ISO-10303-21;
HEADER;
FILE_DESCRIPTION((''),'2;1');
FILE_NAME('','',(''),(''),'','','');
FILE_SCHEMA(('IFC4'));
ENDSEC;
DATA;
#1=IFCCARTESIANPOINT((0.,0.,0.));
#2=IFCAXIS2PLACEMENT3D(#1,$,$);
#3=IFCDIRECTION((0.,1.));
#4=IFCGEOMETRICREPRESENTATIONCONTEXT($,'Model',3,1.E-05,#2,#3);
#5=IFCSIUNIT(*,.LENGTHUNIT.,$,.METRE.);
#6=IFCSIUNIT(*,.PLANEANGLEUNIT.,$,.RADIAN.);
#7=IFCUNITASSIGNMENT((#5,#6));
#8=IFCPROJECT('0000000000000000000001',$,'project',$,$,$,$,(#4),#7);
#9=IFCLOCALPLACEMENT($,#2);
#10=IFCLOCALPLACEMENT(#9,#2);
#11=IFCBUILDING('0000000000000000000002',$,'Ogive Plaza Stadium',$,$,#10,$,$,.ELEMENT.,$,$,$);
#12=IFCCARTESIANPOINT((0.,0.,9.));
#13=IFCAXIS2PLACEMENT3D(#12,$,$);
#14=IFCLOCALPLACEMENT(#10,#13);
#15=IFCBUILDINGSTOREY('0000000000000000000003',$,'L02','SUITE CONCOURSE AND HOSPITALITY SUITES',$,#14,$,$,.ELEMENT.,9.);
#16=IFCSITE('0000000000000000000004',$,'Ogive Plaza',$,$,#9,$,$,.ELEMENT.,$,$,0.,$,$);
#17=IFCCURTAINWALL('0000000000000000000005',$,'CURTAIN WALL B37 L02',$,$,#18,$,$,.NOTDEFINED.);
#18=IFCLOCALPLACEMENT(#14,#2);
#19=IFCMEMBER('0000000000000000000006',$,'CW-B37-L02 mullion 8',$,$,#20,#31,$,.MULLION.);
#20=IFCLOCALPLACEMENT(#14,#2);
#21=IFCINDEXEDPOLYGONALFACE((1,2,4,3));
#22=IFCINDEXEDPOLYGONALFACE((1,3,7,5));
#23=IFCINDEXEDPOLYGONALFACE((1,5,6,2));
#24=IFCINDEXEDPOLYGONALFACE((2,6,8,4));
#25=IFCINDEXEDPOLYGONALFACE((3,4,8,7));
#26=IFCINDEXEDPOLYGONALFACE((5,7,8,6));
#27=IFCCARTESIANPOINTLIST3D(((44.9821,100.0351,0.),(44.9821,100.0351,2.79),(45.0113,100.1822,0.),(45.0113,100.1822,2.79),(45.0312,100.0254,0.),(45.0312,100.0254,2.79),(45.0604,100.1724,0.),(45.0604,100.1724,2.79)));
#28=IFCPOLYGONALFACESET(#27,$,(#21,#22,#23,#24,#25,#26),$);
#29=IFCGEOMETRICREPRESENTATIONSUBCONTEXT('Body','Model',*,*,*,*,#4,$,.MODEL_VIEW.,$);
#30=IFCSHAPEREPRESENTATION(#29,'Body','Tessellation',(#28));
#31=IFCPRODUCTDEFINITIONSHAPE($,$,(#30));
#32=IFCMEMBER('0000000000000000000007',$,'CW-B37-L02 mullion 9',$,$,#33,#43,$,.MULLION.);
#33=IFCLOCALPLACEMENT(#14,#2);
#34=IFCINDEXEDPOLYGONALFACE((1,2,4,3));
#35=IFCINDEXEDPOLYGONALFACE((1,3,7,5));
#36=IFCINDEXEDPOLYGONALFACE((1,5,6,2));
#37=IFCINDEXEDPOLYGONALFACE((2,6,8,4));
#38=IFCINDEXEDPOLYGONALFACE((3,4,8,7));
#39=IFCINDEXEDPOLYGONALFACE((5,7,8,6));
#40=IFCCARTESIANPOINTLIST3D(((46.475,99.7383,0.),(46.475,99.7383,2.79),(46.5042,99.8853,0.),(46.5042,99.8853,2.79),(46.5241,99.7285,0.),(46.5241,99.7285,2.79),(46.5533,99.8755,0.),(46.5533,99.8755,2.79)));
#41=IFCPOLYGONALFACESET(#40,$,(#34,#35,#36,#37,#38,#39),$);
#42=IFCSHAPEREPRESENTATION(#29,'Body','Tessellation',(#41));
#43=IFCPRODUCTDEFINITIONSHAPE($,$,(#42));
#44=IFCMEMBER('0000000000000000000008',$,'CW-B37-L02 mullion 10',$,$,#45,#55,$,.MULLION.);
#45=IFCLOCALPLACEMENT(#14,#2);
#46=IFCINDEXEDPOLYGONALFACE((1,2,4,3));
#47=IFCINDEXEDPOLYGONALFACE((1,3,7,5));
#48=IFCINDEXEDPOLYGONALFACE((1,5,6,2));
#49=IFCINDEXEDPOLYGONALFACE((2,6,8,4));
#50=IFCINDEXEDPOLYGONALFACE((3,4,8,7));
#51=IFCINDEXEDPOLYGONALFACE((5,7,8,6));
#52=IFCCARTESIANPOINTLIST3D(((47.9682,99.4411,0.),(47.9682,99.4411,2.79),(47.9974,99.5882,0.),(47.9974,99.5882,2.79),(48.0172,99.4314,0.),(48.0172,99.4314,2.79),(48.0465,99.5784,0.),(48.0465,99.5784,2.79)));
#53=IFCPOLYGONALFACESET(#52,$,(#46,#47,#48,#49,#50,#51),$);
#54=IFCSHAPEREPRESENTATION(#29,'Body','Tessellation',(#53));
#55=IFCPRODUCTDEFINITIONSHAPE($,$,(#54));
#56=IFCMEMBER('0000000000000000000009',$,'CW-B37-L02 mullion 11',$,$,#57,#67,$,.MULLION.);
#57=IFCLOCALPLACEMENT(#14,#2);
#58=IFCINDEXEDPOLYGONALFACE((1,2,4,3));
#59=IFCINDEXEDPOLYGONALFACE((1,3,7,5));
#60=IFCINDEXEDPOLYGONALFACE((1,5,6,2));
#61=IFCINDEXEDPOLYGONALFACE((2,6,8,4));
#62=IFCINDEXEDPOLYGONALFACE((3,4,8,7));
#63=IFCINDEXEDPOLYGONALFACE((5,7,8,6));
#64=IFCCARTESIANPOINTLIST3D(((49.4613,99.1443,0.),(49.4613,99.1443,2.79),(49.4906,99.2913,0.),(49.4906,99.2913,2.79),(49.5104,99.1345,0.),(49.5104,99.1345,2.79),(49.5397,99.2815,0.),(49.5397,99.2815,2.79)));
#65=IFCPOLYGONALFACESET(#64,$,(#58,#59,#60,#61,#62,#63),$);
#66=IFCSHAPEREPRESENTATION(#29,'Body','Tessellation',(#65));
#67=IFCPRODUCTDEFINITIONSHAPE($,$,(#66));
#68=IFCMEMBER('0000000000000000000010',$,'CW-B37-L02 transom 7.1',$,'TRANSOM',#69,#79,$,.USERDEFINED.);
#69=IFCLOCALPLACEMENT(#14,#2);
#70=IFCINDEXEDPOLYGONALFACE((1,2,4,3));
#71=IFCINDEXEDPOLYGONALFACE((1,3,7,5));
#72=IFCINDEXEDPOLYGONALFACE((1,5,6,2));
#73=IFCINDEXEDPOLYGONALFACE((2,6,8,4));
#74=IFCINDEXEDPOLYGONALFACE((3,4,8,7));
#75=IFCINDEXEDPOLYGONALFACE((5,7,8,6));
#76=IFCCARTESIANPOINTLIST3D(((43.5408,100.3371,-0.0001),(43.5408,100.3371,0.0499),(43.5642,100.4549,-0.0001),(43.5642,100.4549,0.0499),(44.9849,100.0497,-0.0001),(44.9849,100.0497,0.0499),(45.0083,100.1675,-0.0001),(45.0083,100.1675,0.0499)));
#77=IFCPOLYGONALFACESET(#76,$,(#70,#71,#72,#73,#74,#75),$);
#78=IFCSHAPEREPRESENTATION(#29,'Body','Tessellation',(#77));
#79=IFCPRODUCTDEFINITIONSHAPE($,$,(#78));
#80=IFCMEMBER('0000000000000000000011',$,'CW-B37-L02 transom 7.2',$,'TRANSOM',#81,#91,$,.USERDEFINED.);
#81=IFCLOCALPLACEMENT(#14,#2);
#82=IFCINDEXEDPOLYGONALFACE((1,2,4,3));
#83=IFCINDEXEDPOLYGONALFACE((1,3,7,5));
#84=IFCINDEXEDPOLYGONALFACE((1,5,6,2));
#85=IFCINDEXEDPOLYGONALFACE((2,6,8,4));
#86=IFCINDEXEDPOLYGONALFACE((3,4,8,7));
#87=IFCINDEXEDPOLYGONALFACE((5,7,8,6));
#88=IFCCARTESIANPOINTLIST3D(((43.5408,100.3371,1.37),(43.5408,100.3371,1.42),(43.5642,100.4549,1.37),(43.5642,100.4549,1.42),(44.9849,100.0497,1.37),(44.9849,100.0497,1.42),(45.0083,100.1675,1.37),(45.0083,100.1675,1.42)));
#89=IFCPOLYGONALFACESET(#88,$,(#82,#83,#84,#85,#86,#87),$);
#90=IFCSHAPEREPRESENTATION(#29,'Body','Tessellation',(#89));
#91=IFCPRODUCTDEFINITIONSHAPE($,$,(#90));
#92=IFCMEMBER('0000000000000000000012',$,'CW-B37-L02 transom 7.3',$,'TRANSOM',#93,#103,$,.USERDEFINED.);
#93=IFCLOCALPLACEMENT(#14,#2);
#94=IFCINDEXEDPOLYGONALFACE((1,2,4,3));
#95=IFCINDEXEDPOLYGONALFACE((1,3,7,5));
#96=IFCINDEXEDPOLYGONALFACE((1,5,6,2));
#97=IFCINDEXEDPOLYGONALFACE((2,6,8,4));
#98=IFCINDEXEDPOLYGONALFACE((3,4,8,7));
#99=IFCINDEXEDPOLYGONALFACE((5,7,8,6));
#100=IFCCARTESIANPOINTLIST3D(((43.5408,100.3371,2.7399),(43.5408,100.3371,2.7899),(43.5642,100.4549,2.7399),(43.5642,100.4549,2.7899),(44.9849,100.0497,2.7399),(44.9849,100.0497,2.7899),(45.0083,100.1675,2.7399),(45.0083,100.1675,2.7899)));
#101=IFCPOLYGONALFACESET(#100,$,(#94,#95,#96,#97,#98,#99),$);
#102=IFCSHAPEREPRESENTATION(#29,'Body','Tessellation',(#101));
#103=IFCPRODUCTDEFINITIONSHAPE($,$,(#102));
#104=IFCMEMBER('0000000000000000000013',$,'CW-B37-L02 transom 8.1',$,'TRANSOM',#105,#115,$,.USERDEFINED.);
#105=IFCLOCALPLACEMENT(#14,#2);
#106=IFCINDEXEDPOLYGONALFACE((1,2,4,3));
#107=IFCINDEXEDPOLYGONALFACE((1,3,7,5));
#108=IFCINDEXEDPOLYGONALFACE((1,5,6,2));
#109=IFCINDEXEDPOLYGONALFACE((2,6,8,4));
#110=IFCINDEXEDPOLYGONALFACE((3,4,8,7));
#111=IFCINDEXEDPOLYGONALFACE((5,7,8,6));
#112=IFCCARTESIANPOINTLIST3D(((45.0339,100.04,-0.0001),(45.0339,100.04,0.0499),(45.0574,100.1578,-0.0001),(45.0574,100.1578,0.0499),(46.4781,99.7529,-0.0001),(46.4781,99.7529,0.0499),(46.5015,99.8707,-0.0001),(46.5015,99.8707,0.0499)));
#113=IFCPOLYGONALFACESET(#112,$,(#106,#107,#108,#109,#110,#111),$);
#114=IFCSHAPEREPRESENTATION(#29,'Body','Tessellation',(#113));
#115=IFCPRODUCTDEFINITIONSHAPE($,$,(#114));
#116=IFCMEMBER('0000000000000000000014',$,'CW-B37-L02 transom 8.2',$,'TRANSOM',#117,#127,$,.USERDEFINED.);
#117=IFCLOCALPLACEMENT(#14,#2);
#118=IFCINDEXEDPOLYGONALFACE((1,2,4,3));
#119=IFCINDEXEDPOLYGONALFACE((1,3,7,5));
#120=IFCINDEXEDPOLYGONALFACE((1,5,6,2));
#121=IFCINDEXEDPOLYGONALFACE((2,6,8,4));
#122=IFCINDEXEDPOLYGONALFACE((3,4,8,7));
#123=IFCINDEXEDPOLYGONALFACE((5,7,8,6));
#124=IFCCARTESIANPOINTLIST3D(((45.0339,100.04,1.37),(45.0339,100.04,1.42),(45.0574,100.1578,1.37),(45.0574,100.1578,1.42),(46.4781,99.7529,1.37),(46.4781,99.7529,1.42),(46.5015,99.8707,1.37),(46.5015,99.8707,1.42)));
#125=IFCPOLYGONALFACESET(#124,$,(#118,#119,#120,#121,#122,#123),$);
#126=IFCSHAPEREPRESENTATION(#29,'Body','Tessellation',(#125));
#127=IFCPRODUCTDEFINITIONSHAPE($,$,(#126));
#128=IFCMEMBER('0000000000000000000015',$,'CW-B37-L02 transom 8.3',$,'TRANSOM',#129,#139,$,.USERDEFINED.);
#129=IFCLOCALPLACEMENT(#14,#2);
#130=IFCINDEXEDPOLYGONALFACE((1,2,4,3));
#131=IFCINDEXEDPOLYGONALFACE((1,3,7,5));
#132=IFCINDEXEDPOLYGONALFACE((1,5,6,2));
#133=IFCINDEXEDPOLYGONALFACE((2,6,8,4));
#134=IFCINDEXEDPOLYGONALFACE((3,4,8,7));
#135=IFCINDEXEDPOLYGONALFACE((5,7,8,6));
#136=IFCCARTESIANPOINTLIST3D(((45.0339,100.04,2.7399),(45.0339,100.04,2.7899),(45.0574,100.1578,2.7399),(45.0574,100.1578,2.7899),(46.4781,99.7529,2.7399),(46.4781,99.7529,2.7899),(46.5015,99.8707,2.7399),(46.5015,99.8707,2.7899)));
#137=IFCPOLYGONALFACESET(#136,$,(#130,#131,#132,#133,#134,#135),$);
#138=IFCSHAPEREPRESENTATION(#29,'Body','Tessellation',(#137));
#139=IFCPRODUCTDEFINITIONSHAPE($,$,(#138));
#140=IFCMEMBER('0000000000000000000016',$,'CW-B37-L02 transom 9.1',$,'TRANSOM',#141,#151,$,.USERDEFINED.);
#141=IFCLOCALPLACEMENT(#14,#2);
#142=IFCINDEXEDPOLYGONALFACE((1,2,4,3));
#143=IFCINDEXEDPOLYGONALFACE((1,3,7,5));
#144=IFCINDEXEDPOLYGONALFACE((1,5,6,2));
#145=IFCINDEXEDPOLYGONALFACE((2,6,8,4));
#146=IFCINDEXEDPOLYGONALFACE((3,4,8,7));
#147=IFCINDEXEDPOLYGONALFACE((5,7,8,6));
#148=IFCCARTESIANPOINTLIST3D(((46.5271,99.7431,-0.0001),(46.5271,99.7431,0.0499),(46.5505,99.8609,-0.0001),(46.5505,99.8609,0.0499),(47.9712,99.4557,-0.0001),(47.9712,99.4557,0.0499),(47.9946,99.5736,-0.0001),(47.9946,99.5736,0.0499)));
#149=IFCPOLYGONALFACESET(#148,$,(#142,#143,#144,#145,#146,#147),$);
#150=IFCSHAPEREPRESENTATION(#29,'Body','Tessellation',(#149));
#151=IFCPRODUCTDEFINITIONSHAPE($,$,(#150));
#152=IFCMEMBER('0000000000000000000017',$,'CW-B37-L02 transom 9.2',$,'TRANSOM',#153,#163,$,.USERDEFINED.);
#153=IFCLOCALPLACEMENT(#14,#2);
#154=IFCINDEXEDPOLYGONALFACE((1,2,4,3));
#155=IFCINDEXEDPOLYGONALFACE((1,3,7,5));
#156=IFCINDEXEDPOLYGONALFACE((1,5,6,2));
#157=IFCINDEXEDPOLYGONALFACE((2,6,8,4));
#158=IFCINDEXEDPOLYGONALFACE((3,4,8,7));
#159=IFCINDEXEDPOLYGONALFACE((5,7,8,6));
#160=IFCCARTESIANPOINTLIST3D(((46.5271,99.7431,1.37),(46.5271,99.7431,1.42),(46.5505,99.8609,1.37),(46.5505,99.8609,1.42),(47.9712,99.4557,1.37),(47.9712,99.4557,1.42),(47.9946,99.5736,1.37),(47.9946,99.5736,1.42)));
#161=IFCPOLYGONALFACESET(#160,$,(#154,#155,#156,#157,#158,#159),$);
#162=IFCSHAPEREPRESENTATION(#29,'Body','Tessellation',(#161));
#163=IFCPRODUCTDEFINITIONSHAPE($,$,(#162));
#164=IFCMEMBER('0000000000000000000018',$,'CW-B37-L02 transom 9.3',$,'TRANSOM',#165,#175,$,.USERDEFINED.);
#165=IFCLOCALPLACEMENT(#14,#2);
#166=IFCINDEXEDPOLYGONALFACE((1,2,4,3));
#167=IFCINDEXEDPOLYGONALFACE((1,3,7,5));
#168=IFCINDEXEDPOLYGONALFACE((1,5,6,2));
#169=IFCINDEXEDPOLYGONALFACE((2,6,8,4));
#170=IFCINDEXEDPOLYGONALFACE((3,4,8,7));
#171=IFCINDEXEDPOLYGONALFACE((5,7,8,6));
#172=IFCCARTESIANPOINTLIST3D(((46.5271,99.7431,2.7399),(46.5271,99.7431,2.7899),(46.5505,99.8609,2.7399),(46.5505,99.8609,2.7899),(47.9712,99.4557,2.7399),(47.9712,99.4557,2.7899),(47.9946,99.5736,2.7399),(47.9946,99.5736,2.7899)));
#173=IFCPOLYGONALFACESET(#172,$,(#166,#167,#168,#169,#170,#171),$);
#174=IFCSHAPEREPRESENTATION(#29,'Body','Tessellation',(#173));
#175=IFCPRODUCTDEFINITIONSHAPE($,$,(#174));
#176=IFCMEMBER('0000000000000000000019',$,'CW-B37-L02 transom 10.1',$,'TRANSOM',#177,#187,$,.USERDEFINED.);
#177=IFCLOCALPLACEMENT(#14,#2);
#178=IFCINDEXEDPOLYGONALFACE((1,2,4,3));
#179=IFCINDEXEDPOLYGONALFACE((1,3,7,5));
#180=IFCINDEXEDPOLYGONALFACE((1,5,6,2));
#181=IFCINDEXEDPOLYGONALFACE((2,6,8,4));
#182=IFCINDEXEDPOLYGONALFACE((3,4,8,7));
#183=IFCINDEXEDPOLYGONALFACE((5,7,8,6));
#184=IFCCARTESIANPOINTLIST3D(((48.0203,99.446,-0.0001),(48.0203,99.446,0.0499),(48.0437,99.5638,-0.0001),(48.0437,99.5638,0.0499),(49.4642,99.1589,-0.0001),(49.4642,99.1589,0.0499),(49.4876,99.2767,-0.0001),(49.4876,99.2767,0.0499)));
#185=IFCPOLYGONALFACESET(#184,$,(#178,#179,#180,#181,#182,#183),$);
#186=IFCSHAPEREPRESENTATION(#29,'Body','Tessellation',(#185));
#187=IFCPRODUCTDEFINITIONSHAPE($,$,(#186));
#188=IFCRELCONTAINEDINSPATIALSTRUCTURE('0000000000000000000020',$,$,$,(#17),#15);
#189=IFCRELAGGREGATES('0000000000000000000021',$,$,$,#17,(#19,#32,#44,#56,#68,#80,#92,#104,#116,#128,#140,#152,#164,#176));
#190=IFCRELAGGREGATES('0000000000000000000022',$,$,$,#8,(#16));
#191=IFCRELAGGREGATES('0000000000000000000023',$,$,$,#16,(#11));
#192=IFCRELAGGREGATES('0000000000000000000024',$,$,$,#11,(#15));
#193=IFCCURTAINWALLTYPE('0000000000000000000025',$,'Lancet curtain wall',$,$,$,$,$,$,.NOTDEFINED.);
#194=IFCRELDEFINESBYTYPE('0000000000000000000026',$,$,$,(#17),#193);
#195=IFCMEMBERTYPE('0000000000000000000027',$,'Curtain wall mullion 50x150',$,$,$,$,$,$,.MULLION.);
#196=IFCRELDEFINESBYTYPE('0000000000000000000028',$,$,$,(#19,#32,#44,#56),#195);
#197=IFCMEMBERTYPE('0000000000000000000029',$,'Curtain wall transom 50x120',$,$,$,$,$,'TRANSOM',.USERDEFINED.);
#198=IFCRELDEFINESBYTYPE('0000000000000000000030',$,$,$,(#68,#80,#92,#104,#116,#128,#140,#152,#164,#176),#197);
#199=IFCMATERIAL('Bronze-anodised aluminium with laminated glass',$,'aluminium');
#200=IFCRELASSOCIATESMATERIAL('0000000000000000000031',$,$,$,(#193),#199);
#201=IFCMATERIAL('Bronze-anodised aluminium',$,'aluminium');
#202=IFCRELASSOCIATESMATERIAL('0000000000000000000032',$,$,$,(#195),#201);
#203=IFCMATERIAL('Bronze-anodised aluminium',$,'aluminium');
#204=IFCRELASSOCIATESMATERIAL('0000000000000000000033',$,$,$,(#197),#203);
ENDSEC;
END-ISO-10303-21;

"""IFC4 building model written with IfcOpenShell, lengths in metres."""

from ifc_helpers import new_model, si_unit, direction, frame, origin, origin_2d, place, context, subcontext, project, spatial, rectangle, extrude, material, material_profile, profile_set, type_object, element, aggregate, save


model = new_model("IFC4")

# Units and contexts
model_context = context("Model", 3, precision=1e-05, world=origin(), true_north=direction((0.0, 1.0)))
body_context = subcontext(model_context, "Body", "Model", "MODEL_VIEW")
ifc_project = project(units=[si_unit("LENGTHUNIT", "METRE"), si_unit("PLANEANGLEUNIT", "RADIAN")], contexts=[model_context])

# Site, building, storey
site_placement = place(None, origin())
site = spatial("IfcSite", under=ifc_project, at=site_placement, Name="Ogive Plaza", CompositionType="ELEMENT", RefElevation=0.0)
building_placement = place(site_placement, origin())
building = spatial("IfcBuilding", under=site, at=building_placement, Name="Ogive Plaza Stadium", CompositionType="ELEMENT")
storey_placement = place(building_placement, frame((0.0, 0.0, 9.0)))
storey = spatial("IfcBuildingStorey", under=building, at=storey_placement, Name="L02", Description="SUITE CONCOURSE AND HOSPITALITY SUITES", CompositionType="ELEMENT", Elevation=9.0)

# Curtain wall, members
ifc_material_1 = material(Name="Bronze-anodised aluminium with laminated glass", Category="aluminium")
curtain_wall_type = type_object("IfcCurtainWallType", Name="Lancet curtain wall", PredefinedType="NOTDEFINED", material=ifc_material_1)
curtain_wall_placement = place(storey_placement, origin())
curtain_wall = element("IfcCurtainWall", 1, at=curtain_wall_placement, inside=storey, type_object=curtain_wall_type, Name="CURTAIN WALL B37 L02", PredefinedType="NOTDEFINED")
ifc_material_2 = material(Name="Bronze-anodised aluminium", Category="aluminium")
ifc_material_profile_1 = material_profile(ifc_material_2, rectangle(XDim=0.1499, YDim=0.05, at=origin_2d()), Name="AL 150x50")
ifc_profile_set_1 = profile_set([ifc_material_profile_1], Name="Bronze-anodised aluminium")
member_type_1 = type_object("IfcMemberType", Name="Curtain wall mullion 50x150", PredefinedType="MULLION", material=ifc_profile_set_1)
member_1_placement = place(storey_placement, frame((45.0212, 100.1038, 0.0), z_axis=(0.0, 0.0, 1.0), x_axis=(0.19509, 0.980785, 0.0)))
member_1 = element("IfcMember", 2, at=member_1_placement, type_object=member_type_1, Name="CW-B37-L02 mullion 8", PredefinedType="MULLION", context=body_context, shape_type="SweptSolid", body=[
    extrude(rectangle(XDim=0.1499, YDim=0.05, at=origin_2d()), origin(), (0.0, 0.0, 1.0), 2.79),
])
member_2_placement = place(storey_placement, frame((46.5142, 99.8069, 0.0), z_axis=(0.0, 0.0, 1.0), x_axis=(0.19509, 0.980785, 0.0)))
member_2 = element("IfcMember", 3, at=member_2_placement, type_object=member_type_1, Name="CW-B37-L02 mullion 9", PredefinedType="MULLION", context=body_context, shape_type="SweptSolid", body=[
    extrude(rectangle(XDim=0.1499, YDim=0.05, at=origin_2d()), origin(), (0.0, 0.0, 1.0), 2.79),
])
member_3_placement = place(storey_placement, frame((48.0073, 99.5098, 0.0), z_axis=(0.0, 0.0, 1.0), x_axis=(0.19509, 0.980785, 0.0)))
member_3 = element("IfcMember", 4, at=member_3_placement, type_object=member_type_1, Name="CW-B37-L02 mullion 10", PredefinedType="MULLION", context=body_context, shape_type="SweptSolid", body=[
    extrude(rectangle(XDim=0.1499, YDim=0.05, at=origin_2d()), origin(), (0.0, 0.0, 1.0), 2.79),
])
member_4_placement = place(storey_placement, frame((49.5005, 99.2129, 0.0), z_axis=(0.0, 0.0, 1.0), x_axis=(0.19509, 0.980785, 0.0)))
member_4 = element("IfcMember", 5, at=member_4_placement, type_object=member_type_1, Name="CW-B37-L02 mullion 11", PredefinedType="MULLION", context=body_context, shape_type="SweptSolid", body=[
    extrude(rectangle(XDim=0.1499, YDim=0.05, at=origin_2d()), origin(), (0.0, 0.0, 1.0), 2.79),
])
ifc_material_3 = material(Name="Bronze-anodised aluminium", Category="aluminium")
ifc_material_profile_2 = material_profile(ifc_material_3, rectangle(XDim=0.1201, YDim=0.05, at=origin_2d()), Name="AL 120x50")
ifc_profile_set_2 = profile_set([ifc_material_profile_2], Name="Bronze-anodised aluminium")
member_type_2 = type_object("IfcMemberType", Name="Curtain wall transom 50x120", ElementType="TRANSOM", PredefinedType="USERDEFINED", material=ifc_profile_set_2)
member_5_placement = place(storey_placement, frame((43.5525, 100.396, 0.0249), z_axis=(0.980772, -0.195159, 0.0), x_axis=(0.195159, 0.980772, 0.0)))
member_5 = element("IfcMember", 6, at=member_5_placement, type_object=member_type_2, Name="CW-B37-L02 transom 7.1", ObjectType="TRANSOM", PredefinedType="USERDEFINED", context=body_context, shape_type="SweptSolid", body=[
    extrude(rectangle(XDim=0.1201, YDim=0.05, at=origin_2d()), origin(), (0.0, 0.0, 1.0), 1.4724),
])
member_6_placement = place(storey_placement, frame((43.5525, 100.396, 1.395), z_axis=(0.980772, -0.195159, 0.0), x_axis=(0.195159, 0.980772, 0.0)))
member_6 = element("IfcMember", 7, at=member_6_placement, type_object=member_type_2, Name="CW-B37-L02 transom 7.2", ObjectType="TRANSOM", PredefinedType="USERDEFINED", context=body_context, shape_type="SweptSolid", body=[
    extrude(rectangle(XDim=0.1201, YDim=0.05, at=origin_2d()), origin(), (0.0, 0.0, 1.0), 1.4724),
])
member_7_placement = place(storey_placement, frame((43.5525, 100.396, 2.7649), z_axis=(0.980772, -0.195159, 0.0), x_axis=(0.195159, 0.980772, 0.0)))
member_7 = element("IfcMember", 8, at=member_7_placement, type_object=member_type_2, Name="CW-B37-L02 transom 7.3", ObjectType="TRANSOM", PredefinedType="USERDEFINED", context=body_context, shape_type="SweptSolid", body=[
    extrude(rectangle(XDim=0.1201, YDim=0.05, at=origin_2d()), origin(), (0.0, 0.0, 1.0), 1.4724),
])
member_8_placement = place(storey_placement, frame((45.0457, 100.0989, 0.0249), z_axis=(0.980803, -0.195, 0.0), x_axis=(0.195, 0.980803, 0.0)))
member_8 = element("IfcMember", 9, at=member_8_placement, type_object=member_type_2, Name="CW-B37-L02 transom 8.1", ObjectType="TRANSOM", PredefinedType="USERDEFINED", context=body_context, shape_type="SweptSolid", body=[
    extrude(rectangle(XDim=0.1201, YDim=0.05, at=origin_2d()), origin(), (0.0, 0.0, 1.0), 1.4724),
])
member_9_placement = place(storey_placement, frame((45.0457, 100.0989, 1.395), z_axis=(0.980803, -0.195, 0.0), x_axis=(0.195, 0.980803, 0.0)))
member_9 = element("IfcMember", 10, at=member_9_placement, type_object=member_type_2, Name="CW-B37-L02 transom 8.2", ObjectType="TRANSOM", PredefinedType="USERDEFINED", context=body_context, shape_type="SweptSolid", body=[
    extrude(rectangle(XDim=0.1201, YDim=0.05, at=origin_2d()), origin(), (0.0, 0.0, 1.0), 1.4724),
])
member_10_placement = place(storey_placement, frame((45.0457, 100.0989, 2.7649), z_axis=(0.980803, -0.195, 0.0), x_axis=(0.195, 0.980803, 0.0)))
member_10 = element("IfcMember", 11, at=member_10_placement, type_object=member_type_2, Name="CW-B37-L02 transom 8.3", ObjectType="TRANSOM", PredefinedType="USERDEFINED", context=body_context, shape_type="SweptSolid", body=[
    extrude(rectangle(XDim=0.1201, YDim=0.05, at=origin_2d()), origin(), (0.0, 0.0, 1.0), 1.4724),
])
member_11_placement = place(storey_placement, frame((46.5388, 99.802, 0.0249), z_axis=(0.980772, -0.195159, 0.0), x_axis=(0.195159, 0.980772, 0.0)))
member_11 = element("IfcMember", 12, at=member_11_placement, type_object=member_type_2, Name="CW-B37-L02 transom 9.1", ObjectType="TRANSOM", PredefinedType="USERDEFINED", context=body_context, shape_type="SweptSolid", body=[
    extrude(rectangle(XDim=0.1201, YDim=0.05, at=origin_2d()), origin(), (0.0, 0.0, 1.0), 1.4724),
])
member_12_placement = place(storey_placement, frame((46.5388, 99.802, 1.395), z_axis=(0.980772, -0.195159, 0.0), x_axis=(0.195159, 0.980772, 0.0)))
member_12 = element("IfcMember", 13, at=member_12_placement, type_object=member_type_2, Name="CW-B37-L02 transom 9.2", ObjectType="TRANSOM", PredefinedType="USERDEFINED", context=body_context, shape_type="SweptSolid", body=[
    extrude(rectangle(XDim=0.1201, YDim=0.05, at=origin_2d()), origin(), (0.0, 0.0, 1.0), 1.4724),
])
member_13_placement = place(storey_placement, frame((46.5388, 99.802, 2.7649), z_axis=(0.980772, -0.195159, 0.0), x_axis=(0.195159, 0.980772, 0.0)))
member_13 = element("IfcMember", 14, at=member_13_placement, type_object=member_type_2, Name="CW-B37-L02 transom 9.3", ObjectType="TRANSOM", PredefinedType="USERDEFINED", context=body_context, shape_type="SweptSolid", body=[
    extrude(rectangle(XDim=0.1201, YDim=0.05, at=origin_2d()), origin(), (0.0, 0.0, 1.0), 1.4724),
])
member_14_placement = place(storey_placement, frame((48.032, 99.5049, 0.0249), z_axis=(0.980797, -0.195032, 0.0), x_axis=(0.195032, 0.980797, 0.0)))
member_14 = element("IfcMember", 15, at=member_14_placement, type_object=member_type_2, Name="CW-B37-L02 transom 10.1", ObjectType="TRANSOM", PredefinedType="USERDEFINED", context=body_context, shape_type="SweptSolid", body=[
    extrude(rectangle(XDim=0.1201, YDim=0.05, at=origin_2d()), origin(), (0.0, 0.0, 1.0), 1.4722),
])
aggregate(curtain_wall, [member_1, member_2, member_3, member_4, member_5, member_6, member_7, member_8, member_9, member_10, member_11, member_12, member_13, member_14])

save(model, "model.ifc")
